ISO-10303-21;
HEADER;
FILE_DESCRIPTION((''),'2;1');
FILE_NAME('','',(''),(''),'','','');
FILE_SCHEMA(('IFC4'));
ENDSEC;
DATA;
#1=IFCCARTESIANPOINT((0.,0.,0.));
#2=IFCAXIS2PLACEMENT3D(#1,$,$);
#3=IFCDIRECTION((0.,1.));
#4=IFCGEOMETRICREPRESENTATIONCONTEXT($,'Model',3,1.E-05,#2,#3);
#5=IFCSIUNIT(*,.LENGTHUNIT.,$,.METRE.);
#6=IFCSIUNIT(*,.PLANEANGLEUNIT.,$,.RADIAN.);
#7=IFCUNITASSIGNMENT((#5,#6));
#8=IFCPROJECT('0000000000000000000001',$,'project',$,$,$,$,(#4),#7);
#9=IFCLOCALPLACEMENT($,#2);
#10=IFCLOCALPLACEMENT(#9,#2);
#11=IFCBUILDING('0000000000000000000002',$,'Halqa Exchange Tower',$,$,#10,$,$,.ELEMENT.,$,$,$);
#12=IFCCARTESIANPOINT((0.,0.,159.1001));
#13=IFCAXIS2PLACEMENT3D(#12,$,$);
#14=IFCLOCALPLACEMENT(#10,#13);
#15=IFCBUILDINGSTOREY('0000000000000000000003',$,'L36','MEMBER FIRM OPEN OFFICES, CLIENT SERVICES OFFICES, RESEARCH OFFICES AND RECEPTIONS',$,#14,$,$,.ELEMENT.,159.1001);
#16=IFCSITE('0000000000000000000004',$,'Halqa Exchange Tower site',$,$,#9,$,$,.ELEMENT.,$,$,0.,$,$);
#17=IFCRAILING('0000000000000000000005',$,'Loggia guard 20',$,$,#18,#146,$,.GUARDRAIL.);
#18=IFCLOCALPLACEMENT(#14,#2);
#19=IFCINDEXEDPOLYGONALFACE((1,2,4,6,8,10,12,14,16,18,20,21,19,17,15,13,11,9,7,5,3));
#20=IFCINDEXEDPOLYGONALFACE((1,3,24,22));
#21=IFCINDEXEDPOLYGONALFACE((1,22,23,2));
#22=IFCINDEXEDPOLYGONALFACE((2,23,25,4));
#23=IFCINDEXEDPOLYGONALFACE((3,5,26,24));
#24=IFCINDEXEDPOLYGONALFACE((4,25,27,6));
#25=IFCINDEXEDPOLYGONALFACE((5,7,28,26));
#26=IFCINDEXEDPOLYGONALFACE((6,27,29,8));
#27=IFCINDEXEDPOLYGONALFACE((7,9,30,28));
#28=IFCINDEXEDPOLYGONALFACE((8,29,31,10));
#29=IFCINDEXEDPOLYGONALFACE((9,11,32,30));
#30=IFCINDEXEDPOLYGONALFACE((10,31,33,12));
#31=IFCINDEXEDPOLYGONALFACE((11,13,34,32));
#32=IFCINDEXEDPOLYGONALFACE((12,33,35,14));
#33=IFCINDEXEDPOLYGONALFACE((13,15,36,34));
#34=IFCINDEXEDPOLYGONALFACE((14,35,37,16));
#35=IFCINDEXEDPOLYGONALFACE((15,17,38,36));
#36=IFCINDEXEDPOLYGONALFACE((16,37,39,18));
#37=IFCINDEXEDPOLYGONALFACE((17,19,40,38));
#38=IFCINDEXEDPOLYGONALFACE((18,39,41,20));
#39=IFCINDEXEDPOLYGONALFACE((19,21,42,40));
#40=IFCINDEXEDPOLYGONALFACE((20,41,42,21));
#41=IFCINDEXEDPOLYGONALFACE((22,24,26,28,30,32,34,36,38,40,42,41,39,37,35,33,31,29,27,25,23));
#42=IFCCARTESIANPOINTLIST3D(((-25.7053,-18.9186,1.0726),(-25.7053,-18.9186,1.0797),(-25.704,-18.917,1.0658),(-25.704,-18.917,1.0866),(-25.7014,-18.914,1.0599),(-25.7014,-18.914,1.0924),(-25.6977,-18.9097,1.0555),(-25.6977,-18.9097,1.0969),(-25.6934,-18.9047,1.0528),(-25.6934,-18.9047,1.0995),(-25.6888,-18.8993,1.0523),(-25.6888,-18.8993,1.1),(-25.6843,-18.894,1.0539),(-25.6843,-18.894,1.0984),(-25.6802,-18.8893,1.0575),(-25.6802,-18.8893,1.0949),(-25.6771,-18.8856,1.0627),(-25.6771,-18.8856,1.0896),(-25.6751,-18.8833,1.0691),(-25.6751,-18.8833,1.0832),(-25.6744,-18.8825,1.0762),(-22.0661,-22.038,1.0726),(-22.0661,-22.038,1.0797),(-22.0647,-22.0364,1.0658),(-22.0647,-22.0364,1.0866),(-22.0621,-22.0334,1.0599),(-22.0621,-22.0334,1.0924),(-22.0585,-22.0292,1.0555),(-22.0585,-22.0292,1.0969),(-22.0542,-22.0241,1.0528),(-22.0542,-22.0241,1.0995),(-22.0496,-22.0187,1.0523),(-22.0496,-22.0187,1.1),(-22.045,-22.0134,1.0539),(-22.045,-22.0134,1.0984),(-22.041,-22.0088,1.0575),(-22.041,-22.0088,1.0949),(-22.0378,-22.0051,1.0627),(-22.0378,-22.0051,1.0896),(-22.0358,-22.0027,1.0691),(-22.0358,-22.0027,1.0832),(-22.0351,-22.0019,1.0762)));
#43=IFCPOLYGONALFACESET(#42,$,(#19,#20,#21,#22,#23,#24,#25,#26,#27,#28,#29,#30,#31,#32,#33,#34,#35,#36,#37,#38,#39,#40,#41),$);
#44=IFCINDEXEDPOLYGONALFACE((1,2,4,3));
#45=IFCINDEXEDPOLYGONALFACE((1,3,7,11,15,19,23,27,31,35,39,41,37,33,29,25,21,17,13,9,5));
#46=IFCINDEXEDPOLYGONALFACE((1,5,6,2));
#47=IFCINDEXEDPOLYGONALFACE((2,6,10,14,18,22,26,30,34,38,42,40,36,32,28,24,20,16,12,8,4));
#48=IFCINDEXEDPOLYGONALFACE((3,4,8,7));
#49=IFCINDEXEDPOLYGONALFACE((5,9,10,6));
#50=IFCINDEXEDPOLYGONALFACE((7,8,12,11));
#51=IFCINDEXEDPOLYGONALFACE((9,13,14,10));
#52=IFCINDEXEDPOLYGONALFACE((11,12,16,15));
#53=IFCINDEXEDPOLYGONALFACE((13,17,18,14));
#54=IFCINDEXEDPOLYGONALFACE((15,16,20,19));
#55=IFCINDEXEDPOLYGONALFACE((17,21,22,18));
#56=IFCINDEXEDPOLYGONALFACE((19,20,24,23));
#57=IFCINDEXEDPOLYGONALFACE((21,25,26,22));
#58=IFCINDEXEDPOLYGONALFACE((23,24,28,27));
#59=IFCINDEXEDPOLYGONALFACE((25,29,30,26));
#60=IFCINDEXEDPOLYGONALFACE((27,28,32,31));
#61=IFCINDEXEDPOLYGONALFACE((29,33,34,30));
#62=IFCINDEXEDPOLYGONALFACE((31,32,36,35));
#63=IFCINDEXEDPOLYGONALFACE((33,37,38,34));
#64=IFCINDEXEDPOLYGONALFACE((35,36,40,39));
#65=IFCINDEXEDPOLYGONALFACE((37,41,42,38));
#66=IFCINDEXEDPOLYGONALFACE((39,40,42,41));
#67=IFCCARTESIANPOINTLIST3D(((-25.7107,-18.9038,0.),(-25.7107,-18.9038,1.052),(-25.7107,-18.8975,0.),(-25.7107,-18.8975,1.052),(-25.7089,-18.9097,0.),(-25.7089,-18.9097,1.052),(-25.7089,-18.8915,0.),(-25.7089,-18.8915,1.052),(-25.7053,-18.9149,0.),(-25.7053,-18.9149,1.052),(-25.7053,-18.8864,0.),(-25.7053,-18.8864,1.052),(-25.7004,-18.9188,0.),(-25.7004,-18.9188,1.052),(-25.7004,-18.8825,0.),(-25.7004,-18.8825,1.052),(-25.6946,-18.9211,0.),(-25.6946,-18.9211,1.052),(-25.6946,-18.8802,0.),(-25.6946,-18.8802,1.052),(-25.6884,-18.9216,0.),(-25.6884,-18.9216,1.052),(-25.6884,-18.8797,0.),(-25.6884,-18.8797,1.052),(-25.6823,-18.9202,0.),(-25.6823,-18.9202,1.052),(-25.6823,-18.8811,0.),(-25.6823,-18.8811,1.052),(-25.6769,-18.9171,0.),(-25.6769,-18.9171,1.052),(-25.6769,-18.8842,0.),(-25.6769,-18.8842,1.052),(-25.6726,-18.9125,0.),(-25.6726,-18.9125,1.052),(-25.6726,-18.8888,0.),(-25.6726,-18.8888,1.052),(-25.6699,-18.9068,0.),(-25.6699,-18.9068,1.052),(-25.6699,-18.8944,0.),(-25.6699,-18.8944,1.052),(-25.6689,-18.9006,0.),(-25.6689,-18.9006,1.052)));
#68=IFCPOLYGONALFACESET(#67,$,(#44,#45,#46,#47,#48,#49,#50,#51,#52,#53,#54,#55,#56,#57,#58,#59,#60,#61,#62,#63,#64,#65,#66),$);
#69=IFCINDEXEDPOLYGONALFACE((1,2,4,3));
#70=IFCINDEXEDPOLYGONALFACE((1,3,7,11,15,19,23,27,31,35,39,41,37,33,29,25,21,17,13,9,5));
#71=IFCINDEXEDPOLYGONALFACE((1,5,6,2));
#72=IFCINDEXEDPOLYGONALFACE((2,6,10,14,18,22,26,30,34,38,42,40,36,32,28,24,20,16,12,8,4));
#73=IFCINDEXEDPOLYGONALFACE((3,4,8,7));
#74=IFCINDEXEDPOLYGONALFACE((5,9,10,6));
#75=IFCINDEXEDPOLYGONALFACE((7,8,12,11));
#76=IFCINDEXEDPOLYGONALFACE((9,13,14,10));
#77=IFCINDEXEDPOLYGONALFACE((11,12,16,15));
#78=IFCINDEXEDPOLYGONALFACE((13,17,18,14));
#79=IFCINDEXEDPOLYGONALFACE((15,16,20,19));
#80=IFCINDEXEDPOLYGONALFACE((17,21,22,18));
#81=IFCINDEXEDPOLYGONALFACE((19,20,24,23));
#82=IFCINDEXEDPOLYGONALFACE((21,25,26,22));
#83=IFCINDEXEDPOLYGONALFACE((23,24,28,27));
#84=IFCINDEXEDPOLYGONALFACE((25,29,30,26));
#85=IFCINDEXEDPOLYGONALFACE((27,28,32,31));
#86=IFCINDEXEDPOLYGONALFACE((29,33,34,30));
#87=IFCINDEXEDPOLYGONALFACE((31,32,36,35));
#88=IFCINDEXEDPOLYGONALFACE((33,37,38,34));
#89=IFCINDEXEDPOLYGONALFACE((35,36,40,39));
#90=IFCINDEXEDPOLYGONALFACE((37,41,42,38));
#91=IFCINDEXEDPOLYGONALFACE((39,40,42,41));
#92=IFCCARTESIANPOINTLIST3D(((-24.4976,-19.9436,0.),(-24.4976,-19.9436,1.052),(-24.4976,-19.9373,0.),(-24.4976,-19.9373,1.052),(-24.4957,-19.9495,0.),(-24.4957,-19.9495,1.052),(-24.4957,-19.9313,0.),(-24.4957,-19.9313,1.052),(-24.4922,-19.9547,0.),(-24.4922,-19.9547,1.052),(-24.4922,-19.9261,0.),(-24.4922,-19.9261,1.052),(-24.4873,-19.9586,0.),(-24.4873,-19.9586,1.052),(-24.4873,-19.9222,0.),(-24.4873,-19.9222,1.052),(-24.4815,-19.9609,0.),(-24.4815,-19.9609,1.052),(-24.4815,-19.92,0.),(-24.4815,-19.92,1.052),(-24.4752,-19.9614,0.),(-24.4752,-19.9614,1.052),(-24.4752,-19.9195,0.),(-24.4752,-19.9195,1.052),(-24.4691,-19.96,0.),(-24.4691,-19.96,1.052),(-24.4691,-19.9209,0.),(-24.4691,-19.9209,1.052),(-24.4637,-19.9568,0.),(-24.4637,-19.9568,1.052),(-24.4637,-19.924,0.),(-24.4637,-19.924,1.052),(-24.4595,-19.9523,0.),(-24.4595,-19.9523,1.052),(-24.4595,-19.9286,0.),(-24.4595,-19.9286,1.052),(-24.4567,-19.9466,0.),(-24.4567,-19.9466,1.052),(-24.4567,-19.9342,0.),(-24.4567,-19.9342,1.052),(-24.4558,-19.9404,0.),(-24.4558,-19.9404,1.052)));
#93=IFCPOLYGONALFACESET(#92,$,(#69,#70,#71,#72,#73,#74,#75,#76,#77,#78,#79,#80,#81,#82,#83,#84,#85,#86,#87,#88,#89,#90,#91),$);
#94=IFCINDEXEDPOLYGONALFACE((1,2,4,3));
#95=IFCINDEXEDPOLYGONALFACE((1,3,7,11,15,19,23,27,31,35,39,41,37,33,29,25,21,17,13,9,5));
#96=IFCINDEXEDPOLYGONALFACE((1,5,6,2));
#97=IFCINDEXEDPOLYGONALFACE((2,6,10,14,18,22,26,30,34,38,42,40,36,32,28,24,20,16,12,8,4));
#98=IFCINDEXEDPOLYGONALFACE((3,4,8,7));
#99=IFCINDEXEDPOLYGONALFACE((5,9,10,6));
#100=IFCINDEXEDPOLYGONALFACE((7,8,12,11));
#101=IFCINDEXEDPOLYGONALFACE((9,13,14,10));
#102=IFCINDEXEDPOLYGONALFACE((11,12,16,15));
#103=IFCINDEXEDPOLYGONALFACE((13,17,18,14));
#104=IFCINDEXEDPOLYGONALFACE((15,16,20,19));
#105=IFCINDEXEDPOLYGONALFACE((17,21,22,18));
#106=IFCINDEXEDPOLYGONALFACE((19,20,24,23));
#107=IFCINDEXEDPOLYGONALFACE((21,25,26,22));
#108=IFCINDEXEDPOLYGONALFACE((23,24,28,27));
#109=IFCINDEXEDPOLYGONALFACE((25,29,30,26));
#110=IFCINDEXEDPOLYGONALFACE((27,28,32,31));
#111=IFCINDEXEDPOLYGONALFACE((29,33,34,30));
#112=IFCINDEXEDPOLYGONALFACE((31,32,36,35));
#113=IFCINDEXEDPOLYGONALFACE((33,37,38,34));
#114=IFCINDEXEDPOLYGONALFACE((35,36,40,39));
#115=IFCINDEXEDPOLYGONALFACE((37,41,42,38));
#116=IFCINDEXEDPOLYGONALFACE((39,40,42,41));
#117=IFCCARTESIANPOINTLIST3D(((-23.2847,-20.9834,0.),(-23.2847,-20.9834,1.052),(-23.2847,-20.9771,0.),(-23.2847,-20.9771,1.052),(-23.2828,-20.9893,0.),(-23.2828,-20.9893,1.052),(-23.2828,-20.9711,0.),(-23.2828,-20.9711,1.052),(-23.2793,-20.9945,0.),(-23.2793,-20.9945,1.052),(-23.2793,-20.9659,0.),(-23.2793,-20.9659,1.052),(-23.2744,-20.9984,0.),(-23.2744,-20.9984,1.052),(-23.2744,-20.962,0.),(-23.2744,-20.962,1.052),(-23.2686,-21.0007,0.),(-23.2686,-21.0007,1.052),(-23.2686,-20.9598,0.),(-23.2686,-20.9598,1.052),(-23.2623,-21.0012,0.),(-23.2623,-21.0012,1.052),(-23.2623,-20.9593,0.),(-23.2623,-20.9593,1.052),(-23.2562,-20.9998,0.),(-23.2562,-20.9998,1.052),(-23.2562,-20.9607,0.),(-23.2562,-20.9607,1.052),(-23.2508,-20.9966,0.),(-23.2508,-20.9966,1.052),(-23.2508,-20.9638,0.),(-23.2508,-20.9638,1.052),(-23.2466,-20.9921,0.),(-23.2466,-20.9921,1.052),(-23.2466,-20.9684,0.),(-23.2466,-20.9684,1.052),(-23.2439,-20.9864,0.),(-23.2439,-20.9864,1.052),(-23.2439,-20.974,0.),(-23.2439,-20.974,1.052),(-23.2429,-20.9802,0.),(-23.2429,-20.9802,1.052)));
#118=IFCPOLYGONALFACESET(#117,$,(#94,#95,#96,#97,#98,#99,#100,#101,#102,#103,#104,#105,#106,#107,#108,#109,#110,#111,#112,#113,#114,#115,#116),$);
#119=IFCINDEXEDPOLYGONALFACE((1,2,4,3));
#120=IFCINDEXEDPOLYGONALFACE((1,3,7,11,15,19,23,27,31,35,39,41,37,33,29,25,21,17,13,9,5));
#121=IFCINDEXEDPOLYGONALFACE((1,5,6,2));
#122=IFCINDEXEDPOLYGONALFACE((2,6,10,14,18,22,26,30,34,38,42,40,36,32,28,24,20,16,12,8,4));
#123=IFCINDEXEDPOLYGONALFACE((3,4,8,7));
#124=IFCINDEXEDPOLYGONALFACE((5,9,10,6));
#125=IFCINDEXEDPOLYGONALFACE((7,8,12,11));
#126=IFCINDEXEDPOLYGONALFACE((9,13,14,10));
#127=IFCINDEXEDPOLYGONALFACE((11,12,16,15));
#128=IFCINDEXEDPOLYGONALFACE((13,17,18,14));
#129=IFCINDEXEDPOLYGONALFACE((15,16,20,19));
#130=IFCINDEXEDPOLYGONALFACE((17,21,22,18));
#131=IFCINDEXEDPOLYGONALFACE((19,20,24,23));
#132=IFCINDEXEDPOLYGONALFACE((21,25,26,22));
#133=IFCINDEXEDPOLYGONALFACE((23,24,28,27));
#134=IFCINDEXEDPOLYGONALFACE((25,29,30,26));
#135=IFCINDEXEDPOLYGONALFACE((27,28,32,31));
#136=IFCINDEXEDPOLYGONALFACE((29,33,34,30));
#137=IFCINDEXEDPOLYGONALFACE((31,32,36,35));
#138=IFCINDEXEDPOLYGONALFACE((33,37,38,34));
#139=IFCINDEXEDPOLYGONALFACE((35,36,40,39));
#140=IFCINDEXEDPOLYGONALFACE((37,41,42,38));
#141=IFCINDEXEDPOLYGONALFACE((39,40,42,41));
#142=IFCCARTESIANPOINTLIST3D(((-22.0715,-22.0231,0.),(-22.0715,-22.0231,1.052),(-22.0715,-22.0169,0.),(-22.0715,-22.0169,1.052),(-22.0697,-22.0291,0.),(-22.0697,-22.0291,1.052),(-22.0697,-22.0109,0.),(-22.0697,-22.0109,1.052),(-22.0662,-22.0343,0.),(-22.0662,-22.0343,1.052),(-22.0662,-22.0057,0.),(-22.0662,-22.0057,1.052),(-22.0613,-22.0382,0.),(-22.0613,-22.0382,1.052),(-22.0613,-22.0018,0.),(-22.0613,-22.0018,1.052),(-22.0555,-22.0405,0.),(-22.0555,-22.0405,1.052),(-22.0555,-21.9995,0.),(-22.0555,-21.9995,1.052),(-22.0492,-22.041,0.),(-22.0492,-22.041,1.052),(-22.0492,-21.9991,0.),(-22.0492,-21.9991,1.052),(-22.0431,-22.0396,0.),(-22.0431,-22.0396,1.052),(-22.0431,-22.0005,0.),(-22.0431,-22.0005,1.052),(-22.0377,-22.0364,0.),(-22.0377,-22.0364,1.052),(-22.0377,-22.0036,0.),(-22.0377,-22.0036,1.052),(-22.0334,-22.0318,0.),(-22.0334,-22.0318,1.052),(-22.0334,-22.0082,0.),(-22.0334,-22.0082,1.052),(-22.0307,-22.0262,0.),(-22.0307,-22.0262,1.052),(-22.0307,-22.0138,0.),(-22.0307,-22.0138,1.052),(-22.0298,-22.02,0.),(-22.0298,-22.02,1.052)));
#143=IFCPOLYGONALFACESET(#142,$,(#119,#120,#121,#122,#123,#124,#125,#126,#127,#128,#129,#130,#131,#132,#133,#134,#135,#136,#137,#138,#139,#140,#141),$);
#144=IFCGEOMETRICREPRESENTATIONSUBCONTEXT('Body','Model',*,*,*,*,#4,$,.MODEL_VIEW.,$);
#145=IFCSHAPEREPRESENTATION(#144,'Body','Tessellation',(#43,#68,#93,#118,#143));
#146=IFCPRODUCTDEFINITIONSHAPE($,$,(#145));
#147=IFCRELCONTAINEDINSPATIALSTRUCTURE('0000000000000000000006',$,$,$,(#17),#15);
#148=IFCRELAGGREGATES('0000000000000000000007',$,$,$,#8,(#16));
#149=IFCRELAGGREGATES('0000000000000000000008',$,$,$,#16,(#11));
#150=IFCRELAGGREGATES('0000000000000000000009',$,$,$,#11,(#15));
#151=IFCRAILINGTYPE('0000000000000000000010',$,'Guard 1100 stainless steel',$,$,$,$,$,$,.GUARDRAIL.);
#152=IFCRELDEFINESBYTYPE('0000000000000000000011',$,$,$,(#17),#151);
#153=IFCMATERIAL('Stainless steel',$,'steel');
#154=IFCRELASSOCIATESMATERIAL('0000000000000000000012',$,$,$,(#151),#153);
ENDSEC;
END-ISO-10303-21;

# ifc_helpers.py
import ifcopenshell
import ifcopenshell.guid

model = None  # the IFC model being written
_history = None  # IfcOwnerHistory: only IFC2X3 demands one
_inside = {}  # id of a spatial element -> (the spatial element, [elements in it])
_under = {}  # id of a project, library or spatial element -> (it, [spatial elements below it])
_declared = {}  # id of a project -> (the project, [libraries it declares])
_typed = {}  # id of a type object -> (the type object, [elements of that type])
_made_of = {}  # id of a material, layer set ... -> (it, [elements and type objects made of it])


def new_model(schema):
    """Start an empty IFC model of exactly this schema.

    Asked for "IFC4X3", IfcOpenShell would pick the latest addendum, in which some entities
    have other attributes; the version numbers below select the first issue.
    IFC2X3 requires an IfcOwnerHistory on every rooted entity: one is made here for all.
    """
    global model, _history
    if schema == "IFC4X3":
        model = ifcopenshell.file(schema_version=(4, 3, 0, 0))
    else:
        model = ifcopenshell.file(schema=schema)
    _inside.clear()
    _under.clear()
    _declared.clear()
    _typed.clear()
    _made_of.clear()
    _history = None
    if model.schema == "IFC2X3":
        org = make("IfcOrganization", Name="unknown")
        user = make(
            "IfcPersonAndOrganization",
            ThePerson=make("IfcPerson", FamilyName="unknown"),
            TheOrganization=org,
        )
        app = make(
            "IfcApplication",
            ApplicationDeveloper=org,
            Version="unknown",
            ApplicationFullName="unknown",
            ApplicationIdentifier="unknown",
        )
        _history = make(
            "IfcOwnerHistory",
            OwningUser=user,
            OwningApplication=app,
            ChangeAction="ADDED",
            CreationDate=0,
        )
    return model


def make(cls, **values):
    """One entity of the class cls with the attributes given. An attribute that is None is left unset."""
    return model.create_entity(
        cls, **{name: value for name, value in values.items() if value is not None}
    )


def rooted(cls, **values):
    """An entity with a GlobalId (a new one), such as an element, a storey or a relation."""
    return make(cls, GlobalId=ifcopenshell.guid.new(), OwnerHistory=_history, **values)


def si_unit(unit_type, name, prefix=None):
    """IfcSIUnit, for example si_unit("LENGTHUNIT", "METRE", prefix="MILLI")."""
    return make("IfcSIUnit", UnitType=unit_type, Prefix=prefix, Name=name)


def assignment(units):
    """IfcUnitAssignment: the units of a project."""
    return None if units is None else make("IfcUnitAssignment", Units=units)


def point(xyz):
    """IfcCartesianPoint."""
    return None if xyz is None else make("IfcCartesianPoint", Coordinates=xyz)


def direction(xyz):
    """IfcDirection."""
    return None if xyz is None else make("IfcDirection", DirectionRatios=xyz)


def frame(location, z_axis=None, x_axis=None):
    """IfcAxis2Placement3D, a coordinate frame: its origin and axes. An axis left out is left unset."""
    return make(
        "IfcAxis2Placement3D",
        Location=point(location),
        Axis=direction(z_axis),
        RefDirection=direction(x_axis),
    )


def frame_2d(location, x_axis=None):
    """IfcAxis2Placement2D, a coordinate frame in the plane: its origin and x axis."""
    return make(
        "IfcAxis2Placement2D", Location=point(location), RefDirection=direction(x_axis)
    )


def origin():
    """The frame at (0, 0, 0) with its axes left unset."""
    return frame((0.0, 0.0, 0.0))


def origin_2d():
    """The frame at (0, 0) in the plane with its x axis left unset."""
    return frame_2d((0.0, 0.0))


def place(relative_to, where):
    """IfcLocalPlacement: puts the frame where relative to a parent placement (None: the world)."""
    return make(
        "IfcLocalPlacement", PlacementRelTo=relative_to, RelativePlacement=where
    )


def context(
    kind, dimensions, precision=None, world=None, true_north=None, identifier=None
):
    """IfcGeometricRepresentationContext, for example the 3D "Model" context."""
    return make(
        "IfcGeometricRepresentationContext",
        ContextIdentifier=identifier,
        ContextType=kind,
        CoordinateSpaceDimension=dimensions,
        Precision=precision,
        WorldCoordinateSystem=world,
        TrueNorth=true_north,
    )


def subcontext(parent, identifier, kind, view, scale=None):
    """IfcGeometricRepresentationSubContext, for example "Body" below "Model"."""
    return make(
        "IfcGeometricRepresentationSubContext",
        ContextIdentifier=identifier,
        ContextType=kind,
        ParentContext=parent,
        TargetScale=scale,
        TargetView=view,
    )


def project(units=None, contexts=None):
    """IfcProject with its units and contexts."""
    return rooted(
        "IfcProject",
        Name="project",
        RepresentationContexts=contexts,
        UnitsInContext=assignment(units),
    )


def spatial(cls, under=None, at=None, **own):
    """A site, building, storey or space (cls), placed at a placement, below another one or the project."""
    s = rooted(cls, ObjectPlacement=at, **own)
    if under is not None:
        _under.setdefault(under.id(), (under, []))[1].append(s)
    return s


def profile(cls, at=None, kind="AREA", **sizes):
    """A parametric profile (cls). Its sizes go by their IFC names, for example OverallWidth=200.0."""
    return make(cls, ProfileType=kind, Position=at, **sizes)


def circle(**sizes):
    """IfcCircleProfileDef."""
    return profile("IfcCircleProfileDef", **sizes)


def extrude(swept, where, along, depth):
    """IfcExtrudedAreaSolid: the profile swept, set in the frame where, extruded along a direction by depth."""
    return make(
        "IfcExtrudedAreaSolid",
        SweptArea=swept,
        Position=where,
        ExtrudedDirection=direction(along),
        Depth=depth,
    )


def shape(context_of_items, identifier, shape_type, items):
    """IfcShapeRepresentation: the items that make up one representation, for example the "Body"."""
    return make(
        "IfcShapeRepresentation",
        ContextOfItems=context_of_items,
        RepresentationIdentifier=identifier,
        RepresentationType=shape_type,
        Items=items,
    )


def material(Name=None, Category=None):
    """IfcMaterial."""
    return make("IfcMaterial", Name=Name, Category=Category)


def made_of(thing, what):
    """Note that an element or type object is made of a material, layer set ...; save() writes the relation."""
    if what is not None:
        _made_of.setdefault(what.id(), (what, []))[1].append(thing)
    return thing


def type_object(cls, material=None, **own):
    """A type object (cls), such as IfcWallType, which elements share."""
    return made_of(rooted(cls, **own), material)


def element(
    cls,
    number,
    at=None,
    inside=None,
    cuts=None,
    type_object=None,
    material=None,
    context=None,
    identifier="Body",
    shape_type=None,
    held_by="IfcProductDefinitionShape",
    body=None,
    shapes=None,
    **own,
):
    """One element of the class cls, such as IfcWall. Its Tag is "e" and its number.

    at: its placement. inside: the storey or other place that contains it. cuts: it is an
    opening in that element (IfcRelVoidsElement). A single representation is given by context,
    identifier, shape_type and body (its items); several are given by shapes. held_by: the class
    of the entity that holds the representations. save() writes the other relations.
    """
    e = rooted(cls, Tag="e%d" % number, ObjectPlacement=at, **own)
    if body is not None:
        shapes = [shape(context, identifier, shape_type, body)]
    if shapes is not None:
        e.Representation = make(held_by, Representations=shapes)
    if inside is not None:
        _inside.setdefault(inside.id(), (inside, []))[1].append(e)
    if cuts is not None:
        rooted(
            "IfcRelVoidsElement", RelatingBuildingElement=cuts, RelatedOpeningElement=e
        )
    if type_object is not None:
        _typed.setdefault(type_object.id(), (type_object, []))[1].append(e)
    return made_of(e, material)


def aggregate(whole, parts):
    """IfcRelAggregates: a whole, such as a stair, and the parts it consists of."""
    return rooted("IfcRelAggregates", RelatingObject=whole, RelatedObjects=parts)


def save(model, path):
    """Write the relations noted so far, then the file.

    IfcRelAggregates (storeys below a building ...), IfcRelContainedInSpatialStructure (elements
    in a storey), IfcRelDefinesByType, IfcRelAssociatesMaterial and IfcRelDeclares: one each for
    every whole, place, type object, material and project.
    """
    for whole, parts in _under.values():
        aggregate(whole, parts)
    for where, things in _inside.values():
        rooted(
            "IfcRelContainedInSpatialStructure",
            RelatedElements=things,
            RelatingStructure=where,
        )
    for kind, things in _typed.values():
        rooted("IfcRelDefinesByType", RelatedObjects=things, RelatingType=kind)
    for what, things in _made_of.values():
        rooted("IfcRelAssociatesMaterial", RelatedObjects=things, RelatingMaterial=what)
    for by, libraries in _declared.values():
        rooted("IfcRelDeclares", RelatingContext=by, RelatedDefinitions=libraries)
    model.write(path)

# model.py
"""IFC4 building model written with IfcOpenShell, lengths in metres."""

from ifc_helpers import new_model, si_unit, direction, frame, origin, origin_2d, place, context, subcontext, project, spatial, circle, extrude, material, type_object, element, save


model = new_model("IFC4")

# Units and contexts
model_context = context("Model", 3, precision=1e-05, world=origin(), true_north=direction((0.0, 1.0)))
body_context = subcontext(model_context, "Body", "Model", "MODEL_VIEW")
ifc_project = project(units=[si_unit("LENGTHUNIT", "METRE"), si_unit("PLANEANGLEUNIT", "RADIAN")], contexts=[model_context])

# Site, building, storey
site_placement = place(None, origin())
site = spatial("IfcSite", under=ifc_project, at=site_placement, Name="Halqa Exchange Tower site", CompositionType="ELEMENT", RefElevation=0.0)
building_placement = place(site_placement, origin())
building = spatial("IfcBuilding", under=site, at=building_placement, Name="Halqa Exchange Tower", CompositionType="ELEMENT")
storey_placement = place(building_placement, frame((0.0, 0.0, 159.1001)))
storey = spatial("IfcBuildingStorey", under=building, at=storey_placement, Name="L36", Description="MEMBER FIRM OPEN OFFICES, CLIENT SERVICES OFFICES, RESEARCH OFFICES AND RECEPTIONS", CompositionType="ELEMENT", Elevation=159.1001)

# Railing
ifc_material_1 = material(Name="Stainless steel", Category="steel")
railing_type = type_object("IfcRailingType", Name="Guard 1100 stainless steel", PredefinedType="GUARDRAIL", material=ifc_material_1)
railing_1_placement = place(storey_placement, frame((-25.6899, -18.9006, 0.0)))
element("IfcRailing", 1, at=railing_1_placement, inside=storey, type_object=railing_type, Name="Loggia guard 20", PredefinedType="GUARDRAIL", context=body_context, shape_type="SweptSolid", body=[
    extrude(circle(Radius=0.0239, at=origin_2d()), frame((0.0, 0.0, 1.0762), z_axis=(0.759246, -0.650804, 0.0), x_axis=(0.650804, 0.759246, 0.0)), (0.0, 0.0, 1.0), 4.7932),
    extrude(circle(Radius=0.021, at=origin_2d()), origin(), (0.0, 0.0, 1.0), 1.052),
    extrude(circle(Radius=0.021, at=origin_2d()), frame((1.2131, -1.0398, 0.0)), (0.0, 0.0, 1.0), 1.052),
    extrude(circle(Radius=0.021, at=origin_2d()), frame((2.426, -2.0796, 0.0)), (0.0, 0.0, 1.0), 1.052),
    extrude(circle(Radius=0.021, at=origin_2d()), frame((3.6392, -3.1194, 0.0)), (0.0, 0.0, 1.0), 1.052),
])

save(model, "model.ifc")
